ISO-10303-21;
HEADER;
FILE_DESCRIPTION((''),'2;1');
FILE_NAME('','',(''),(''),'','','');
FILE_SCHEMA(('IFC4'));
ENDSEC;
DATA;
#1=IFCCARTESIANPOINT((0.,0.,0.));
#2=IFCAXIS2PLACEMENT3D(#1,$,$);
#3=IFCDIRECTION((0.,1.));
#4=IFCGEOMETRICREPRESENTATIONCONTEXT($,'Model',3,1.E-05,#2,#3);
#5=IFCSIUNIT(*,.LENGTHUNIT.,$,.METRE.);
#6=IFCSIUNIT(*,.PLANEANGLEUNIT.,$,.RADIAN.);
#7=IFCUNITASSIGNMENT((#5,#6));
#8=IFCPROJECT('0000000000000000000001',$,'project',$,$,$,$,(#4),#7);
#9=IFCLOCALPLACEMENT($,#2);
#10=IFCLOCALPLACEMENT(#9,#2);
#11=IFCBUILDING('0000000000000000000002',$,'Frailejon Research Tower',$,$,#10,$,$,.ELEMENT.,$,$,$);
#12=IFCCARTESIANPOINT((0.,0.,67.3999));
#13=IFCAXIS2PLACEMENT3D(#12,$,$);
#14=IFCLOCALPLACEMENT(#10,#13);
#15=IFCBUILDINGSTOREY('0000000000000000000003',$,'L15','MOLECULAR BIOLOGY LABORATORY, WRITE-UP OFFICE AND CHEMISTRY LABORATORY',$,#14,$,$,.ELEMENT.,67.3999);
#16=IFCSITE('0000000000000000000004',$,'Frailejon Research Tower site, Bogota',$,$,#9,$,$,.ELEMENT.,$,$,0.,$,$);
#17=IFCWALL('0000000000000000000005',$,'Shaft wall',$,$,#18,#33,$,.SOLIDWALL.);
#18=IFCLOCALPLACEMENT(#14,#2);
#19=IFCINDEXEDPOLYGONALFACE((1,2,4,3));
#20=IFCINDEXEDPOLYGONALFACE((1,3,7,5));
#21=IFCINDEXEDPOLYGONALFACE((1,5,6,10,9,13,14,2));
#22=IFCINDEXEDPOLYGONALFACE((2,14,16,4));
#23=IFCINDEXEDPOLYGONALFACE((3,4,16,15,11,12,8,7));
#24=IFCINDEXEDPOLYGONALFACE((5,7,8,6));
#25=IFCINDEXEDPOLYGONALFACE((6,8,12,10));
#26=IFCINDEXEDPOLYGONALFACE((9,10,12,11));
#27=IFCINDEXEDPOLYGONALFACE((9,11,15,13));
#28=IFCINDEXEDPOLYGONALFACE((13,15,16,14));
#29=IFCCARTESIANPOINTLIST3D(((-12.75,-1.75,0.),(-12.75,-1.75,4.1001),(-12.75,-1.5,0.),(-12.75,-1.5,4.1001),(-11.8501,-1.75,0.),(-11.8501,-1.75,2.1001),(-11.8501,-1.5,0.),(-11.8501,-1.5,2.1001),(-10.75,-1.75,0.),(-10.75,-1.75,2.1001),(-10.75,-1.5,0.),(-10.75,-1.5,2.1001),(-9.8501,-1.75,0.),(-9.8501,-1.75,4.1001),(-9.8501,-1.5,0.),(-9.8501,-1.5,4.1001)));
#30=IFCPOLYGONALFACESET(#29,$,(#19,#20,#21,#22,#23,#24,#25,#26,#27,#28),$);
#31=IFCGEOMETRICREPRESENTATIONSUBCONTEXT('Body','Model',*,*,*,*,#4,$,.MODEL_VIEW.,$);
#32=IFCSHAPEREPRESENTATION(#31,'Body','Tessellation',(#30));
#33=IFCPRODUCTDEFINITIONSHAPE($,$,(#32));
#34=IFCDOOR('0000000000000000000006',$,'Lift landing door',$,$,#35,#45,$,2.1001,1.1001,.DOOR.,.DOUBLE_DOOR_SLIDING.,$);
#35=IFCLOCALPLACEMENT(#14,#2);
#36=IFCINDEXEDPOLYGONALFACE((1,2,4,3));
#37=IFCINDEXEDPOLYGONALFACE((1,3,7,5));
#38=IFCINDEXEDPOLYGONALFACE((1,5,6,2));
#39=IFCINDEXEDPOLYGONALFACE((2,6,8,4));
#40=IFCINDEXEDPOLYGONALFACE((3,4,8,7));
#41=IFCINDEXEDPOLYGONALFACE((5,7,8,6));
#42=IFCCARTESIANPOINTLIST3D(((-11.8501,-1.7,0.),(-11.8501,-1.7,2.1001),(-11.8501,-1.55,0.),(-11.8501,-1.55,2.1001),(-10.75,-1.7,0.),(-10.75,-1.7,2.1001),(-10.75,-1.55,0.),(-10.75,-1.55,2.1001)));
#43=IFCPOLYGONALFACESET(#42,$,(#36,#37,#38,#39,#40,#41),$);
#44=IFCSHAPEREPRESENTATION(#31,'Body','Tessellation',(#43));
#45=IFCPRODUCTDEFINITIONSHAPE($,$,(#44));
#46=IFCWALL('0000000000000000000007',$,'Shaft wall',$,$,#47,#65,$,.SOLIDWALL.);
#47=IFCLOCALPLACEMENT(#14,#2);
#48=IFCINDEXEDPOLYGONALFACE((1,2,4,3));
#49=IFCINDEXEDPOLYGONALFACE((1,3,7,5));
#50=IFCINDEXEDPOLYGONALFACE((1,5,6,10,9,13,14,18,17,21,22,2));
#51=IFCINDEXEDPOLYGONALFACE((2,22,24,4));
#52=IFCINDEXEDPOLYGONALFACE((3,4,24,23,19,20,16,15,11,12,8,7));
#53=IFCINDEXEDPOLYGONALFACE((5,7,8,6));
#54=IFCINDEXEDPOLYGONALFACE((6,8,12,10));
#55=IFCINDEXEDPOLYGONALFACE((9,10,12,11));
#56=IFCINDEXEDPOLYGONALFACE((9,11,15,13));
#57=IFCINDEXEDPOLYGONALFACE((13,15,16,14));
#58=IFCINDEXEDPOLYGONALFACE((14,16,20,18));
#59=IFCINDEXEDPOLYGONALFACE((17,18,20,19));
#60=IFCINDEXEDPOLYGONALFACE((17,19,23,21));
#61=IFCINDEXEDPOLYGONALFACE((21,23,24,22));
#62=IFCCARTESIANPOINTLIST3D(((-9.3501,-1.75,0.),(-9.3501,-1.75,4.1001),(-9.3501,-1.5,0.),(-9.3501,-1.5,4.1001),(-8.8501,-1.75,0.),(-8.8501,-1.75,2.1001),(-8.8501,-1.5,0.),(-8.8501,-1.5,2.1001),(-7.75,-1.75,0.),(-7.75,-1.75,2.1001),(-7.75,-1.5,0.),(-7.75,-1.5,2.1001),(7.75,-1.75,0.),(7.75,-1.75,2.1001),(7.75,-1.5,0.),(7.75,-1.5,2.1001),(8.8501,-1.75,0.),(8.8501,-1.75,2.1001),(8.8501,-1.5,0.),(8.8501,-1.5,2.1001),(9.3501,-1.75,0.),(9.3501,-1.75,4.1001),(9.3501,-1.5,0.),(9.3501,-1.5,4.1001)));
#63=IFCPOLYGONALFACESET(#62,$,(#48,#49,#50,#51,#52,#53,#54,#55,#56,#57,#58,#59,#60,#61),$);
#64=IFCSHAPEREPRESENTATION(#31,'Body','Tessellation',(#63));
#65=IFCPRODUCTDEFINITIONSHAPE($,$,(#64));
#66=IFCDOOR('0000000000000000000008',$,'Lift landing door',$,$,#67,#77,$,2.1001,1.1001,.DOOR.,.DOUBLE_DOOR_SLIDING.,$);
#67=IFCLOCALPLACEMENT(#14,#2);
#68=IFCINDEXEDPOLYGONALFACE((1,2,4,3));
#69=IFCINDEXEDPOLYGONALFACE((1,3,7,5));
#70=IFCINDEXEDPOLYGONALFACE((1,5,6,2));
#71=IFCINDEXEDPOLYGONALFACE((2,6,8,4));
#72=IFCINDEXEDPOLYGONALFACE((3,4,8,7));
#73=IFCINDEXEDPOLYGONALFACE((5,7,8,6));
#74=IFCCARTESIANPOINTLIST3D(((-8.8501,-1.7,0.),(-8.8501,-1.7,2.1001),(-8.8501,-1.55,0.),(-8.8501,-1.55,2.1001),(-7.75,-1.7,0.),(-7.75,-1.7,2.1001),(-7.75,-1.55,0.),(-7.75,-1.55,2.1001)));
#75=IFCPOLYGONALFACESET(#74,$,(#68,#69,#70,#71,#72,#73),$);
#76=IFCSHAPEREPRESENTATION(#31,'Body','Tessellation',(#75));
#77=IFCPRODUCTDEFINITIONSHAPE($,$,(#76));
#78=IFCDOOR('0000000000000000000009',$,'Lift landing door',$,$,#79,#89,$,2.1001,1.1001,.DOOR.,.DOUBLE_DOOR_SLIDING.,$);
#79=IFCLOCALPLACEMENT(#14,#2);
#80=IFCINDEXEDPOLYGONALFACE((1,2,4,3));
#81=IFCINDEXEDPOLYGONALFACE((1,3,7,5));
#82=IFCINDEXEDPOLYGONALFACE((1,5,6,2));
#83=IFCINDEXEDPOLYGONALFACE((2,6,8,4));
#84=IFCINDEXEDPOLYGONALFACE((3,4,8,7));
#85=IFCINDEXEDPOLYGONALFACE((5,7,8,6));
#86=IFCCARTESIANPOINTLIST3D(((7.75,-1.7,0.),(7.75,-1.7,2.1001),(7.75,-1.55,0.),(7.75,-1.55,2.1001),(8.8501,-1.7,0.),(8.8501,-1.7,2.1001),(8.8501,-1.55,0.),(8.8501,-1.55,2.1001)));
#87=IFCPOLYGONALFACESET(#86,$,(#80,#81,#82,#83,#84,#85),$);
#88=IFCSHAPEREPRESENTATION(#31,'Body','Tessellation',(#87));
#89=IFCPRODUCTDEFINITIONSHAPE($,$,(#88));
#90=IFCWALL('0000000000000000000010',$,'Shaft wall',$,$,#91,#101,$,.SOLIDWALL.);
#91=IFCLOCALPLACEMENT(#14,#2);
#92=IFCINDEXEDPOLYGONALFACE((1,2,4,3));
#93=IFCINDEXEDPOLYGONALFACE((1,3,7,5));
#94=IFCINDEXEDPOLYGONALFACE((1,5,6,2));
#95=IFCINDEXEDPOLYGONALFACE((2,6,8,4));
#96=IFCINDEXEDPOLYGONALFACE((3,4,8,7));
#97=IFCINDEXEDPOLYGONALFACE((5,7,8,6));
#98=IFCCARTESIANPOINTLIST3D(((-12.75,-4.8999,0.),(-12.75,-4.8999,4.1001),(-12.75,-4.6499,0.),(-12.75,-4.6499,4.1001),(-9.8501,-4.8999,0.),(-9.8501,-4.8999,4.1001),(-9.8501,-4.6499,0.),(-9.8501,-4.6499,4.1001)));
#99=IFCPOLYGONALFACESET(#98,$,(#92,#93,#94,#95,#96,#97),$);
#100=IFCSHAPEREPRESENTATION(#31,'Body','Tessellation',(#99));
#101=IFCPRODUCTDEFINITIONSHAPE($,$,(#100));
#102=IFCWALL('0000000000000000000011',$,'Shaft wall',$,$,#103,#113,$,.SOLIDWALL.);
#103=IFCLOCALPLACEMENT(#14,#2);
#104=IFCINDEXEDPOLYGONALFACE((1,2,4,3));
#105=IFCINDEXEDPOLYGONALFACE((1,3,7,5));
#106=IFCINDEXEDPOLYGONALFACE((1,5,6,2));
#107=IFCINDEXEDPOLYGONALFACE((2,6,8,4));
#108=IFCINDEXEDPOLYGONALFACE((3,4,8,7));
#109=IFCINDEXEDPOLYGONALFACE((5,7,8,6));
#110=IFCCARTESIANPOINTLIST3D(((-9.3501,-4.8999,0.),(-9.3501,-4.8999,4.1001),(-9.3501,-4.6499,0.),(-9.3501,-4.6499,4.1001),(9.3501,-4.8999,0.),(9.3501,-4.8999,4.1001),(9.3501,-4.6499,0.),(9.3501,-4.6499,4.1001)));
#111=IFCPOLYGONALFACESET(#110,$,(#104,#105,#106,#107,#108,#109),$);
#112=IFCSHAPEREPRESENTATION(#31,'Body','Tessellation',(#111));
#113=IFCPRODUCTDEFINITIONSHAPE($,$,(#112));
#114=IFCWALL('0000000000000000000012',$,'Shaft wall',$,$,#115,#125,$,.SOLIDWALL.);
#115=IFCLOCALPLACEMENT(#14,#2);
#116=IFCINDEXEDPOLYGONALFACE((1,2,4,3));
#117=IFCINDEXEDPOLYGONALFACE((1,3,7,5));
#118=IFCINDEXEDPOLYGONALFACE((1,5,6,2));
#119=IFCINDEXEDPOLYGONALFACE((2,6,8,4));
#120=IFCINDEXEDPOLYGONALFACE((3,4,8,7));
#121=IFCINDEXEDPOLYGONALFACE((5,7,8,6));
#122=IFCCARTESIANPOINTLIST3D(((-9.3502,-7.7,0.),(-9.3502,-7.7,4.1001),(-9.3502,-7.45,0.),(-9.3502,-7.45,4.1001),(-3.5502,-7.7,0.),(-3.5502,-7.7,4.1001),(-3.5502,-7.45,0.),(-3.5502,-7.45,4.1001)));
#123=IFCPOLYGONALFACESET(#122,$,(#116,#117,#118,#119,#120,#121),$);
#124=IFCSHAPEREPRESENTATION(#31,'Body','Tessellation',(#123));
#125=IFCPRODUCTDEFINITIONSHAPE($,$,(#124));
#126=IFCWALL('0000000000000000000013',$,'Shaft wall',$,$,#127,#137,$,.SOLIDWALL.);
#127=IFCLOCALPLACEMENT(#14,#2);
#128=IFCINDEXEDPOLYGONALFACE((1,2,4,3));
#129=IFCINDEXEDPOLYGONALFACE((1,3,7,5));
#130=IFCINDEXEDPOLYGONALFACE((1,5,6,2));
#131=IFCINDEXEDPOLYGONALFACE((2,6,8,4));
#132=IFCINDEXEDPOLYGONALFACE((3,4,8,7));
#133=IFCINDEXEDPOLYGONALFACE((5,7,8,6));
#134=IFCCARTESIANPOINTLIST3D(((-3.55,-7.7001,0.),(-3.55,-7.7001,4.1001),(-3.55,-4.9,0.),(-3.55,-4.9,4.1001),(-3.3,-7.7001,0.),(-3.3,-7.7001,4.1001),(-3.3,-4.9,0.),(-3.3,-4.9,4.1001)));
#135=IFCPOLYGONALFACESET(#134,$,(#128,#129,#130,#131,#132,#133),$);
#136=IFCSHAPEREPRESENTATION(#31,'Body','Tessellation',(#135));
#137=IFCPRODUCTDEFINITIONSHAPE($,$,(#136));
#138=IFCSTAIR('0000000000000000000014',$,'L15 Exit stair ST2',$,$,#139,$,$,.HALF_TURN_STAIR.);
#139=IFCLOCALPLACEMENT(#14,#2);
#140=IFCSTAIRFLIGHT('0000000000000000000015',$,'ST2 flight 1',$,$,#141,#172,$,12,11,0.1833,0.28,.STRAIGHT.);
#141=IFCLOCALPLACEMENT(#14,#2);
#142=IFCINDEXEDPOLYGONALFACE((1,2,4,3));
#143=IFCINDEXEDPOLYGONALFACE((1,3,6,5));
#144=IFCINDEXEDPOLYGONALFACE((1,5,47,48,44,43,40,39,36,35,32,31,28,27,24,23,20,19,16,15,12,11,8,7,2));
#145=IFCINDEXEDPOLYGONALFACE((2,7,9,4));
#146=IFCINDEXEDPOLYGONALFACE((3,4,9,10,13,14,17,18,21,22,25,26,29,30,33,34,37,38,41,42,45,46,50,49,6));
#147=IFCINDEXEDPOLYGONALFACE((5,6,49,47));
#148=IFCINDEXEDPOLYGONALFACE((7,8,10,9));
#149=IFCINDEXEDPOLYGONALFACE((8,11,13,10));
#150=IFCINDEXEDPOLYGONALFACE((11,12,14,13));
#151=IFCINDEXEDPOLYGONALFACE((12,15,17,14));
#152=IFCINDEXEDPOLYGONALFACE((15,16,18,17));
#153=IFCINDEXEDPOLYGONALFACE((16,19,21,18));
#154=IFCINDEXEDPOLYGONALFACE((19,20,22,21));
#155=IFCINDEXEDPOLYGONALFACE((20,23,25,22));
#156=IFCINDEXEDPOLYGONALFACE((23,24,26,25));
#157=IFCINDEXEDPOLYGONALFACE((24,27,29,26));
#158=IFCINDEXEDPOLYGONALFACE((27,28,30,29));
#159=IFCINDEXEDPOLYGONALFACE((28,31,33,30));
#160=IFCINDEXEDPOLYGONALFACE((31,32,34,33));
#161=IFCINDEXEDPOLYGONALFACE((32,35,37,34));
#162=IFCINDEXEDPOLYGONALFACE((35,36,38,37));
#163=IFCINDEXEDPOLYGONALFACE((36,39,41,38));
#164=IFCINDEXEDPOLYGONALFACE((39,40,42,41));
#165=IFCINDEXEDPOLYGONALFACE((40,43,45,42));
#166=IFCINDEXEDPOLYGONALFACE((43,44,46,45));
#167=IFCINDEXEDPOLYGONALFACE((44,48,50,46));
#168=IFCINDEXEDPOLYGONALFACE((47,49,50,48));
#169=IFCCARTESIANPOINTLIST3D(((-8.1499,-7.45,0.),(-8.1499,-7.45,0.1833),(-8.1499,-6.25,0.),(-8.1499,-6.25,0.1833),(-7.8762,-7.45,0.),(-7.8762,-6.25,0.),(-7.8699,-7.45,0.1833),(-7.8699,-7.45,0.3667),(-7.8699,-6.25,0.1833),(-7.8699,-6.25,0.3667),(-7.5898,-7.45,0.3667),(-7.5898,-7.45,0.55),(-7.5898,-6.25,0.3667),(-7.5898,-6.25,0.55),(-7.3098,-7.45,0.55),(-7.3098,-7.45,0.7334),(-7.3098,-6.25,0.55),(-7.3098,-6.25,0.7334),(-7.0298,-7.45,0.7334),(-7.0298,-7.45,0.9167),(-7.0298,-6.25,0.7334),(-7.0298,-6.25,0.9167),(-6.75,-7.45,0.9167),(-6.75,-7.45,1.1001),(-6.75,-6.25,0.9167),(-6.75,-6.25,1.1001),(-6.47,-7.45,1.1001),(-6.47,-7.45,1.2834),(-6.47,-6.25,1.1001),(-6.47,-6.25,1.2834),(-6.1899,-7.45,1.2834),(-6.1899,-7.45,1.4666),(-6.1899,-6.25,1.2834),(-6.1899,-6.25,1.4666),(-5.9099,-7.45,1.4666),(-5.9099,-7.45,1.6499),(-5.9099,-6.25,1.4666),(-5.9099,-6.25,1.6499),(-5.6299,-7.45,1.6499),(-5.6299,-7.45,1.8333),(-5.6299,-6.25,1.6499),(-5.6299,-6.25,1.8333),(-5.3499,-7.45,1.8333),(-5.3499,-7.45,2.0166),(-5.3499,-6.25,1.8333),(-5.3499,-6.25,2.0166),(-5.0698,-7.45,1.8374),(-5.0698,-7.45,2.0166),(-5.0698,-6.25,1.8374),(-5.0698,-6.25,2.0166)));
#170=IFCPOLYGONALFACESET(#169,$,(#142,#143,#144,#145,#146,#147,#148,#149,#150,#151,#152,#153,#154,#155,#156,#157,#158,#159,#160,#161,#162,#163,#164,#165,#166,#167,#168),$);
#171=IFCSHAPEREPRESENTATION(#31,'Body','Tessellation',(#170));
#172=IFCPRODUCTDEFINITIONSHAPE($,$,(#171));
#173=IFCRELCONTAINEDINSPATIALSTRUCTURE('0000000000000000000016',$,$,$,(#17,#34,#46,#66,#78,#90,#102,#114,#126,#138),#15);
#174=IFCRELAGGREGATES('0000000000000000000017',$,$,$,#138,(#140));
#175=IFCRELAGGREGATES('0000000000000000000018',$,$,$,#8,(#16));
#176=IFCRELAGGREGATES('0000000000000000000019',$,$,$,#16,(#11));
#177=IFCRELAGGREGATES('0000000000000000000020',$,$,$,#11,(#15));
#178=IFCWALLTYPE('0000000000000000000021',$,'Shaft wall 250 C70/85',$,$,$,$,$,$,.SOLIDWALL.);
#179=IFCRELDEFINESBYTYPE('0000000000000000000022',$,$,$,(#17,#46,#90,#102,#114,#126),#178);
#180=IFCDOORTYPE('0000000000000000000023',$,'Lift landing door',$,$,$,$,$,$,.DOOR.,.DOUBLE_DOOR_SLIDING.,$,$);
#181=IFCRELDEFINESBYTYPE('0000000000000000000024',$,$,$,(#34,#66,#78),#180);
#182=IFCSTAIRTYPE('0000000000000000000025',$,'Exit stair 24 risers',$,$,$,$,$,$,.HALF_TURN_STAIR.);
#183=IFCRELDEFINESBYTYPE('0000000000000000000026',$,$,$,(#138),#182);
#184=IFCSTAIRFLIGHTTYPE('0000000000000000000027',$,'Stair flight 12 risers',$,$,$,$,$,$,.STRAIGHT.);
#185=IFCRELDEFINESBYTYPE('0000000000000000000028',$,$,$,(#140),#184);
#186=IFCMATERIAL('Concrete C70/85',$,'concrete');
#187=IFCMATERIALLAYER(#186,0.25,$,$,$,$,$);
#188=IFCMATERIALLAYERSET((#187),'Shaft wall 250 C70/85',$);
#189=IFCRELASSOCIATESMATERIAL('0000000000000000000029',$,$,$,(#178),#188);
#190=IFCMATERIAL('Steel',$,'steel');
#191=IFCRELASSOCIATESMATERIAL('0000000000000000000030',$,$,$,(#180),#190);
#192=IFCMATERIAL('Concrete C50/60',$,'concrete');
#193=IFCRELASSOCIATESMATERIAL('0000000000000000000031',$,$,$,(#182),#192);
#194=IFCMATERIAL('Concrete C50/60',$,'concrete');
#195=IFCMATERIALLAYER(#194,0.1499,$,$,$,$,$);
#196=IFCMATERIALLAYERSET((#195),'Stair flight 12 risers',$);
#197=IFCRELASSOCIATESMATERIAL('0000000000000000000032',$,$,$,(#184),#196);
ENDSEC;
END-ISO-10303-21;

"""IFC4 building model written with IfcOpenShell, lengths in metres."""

from ifc_helpers import new_model, si_unit, direction, frame, frame_2d, origin, place, context, subcontext, project, spatial, polyline, rectangle, outline, extrude, material, layer, layer_set, type_object, element, fill, aggregate, save


model = new_model("IFC4")

# Units and contexts
model_context = context("Model", 3, precision=1e-05, world=origin(), true_north=direction((0.0, 1.0)))
body_context = subcontext(model_context, "Body", "Model", "MODEL_VIEW")
ifc_project = project(units=[si_unit("LENGTHUNIT", "METRE"), si_unit("PLANEANGLEUNIT", "RADIAN")], contexts=[model_context])

# Site, building, storey
site_placement = place(None, origin())
site = spatial("IfcSite", under=ifc_project, at=site_placement, Name="Frailejon Research Tower site, Bogota", CompositionType="ELEMENT", RefElevation=0.0)
building_placement = place(site_placement, origin())
building = spatial("IfcBuilding", under=site, at=building_placement, Name="Frailejon Research Tower", CompositionType="ELEMENT")
storey_placement = place(building_placement, frame((0.0, 0.0, 67.3999)))
storey = spatial("IfcBuildingStorey", under=building, at=storey_placement, Name="L15", Description="MOLECULAR BIOLOGY LABORATORY, WRITE-UP OFFICE AND CHEMISTRY LABORATORY", CompositionType="ELEMENT", Elevation=67.3999)

# Wall, opening, door
ifc_material_1 = material(Name="Concrete C70/85", Category="concrete")
ifc_layer_1 = layer(ifc_material_1, 0.25)
ifc_layer_set_1 = layer_set([ifc_layer_1], Name="Shaft wall 250 C70/85")
wall_type_1 = type_object("IfcWallType", Name="Shaft wall 250 C70/85", PredefinedType="SOLIDWALL", material=ifc_layer_set_1)
wall_1_placement = place(storey_placement, frame((-12.75, -1.625, 0.0), z_axis=(0.0, 0.0, 1.0), x_axis=(1.0, 0.0, 0.0)))
wall_1 = element("IfcWall", 1, at=wall_1_placement, inside=storey, type_object=wall_type_1, Name="Shaft wall", PredefinedType="SOLIDWALL", context=body_context, shape_type="SweptSolid", body=[
    extrude(rectangle(XDim=2.8999, YDim=0.25, at=frame_2d((1.45, 0.0))), origin(), (0.0, 0.0, 1.0), 4.1001),
])
opening_1_placement = place(wall_1_placement, frame((0.8999, 0.0, 0.0)))
opening_1 = element("IfcOpeningElement", 2, at=opening_1_placement, cuts=wall_1, PredefinedType="OPENING", context=body_context, shape_type="SweptSolid", body=[
    extrude(rectangle(XDim=1.1001, YDim=2.1001, at=frame_2d((0.55, 1.05))), frame((0.0, 0.135, 0.0), z_axis=(0.0, -1.0, 0.0), x_axis=(1.0, 0.0, 0.0)), (0.0, 0.0, 1.0), 0.27),
])
ifc_material_2 = material(Name="Steel", Category="steel")
door_type_1 = type_object("IfcDoorType", Name="Lift landing door", OperationType="DOUBLE_DOOR_SLIDING", PredefinedType="DOOR", material=ifc_material_2)
door_1_placement = place(opening_1_placement, origin())
door_1 = element("IfcDoor", 3, at=door_1_placement, inside=storey, type_object=door_type_1, Name="Lift landing door", OperationType="DOUBLE_DOOR_SLIDING", OverallHeight=2.1001, OverallWidth=1.1001, PredefinedType="DOOR", context=body_context, shape_type="SweptSolid", body=[
    extrude(rectangle(XDim=1.1001, YDim=2.1001, at=frame_2d((0.55, 1.05))), frame((0.0, 0.075, 0.0), z_axis=(0.0, -1.0, 0.0), x_axis=(1.0, 0.0, 0.0)), (0.0, 0.0, 1.0), 0.1499),
])
fill(opening_1, door_1)

# Wall, openings, doors
wall_2_placement = place(storey_placement, frame((-9.3501, -1.625, 0.0), z_axis=(0.0, 0.0, 1.0), x_axis=(1.0, 0.0, 0.0)))
wall_2 = element("IfcWall", 4, at=wall_2_placement, inside=storey, type_object=wall_type_1, Name="Shaft wall", PredefinedType="SOLIDWALL", context=body_context, shape_type="SweptSolid", body=[
    extrude(rectangle(XDim=18.7002, YDim=0.25, at=frame_2d((9.3501, 0.0))), origin(), (0.0, 0.0, 1.0), 4.1001),
])
opening_2_placement = place(wall_2_placement, frame((0.5, 0.0, 0.0)))
opening_2 = element("IfcOpeningElement", 5, at=opening_2_placement, cuts=wall_2, PredefinedType="OPENING", context=body_context, shape_type="SweptSolid", body=[
    extrude(rectangle(XDim=1.1001, YDim=2.1001, at=frame_2d((0.55, 1.05))), frame((0.0, 0.135, 0.0), z_axis=(0.0, -1.0, 0.0), x_axis=(1.0, 0.0, 0.0)), (0.0, 0.0, 1.0), 0.27),
])
opening_3_placement = place(wall_2_placement, frame((17.1001, 0.0, 0.0)))
opening_3 = element("IfcOpeningElement", 6, at=opening_3_placement, cuts=wall_2, PredefinedType="OPENING", context=body_context, shape_type="SweptSolid", body=[
    extrude(rectangle(XDim=1.1001, YDim=2.1001, at=frame_2d((0.55, 1.05))), frame((0.0, 0.135, 0.0), z_axis=(0.0, -1.0, 0.0), x_axis=(1.0, 0.0, 0.0)), (0.0, 0.0, 1.0), 0.27),
])
door_2_placement = place(opening_2_placement, origin())
door_2 = element("IfcDoor", 7, at=door_2_placement, inside=storey, type_object=door_type_1, Name="Lift landing door", OperationType="DOUBLE_DOOR_SLIDING", OverallHeight=2.1001, OverallWidth=1.1001, PredefinedType="DOOR", context=body_context, shape_type="SweptSolid", body=[
    extrude(rectangle(XDim=1.1001, YDim=2.1001, at=frame_2d((0.55, 1.05))), frame((0.0, 0.075, 0.0), z_axis=(0.0, -1.0, 0.0), x_axis=(1.0, 0.0, 0.0)), (0.0, 0.0, 1.0), 0.1499),
])
fill(opening_2, door_2)
door_3_placement = place(opening_3_placement, origin())
door_3 = element("IfcDoor", 8, at=door_3_placement, inside=storey, type_object=door_type_1, Name="Lift landing door", OperationType="DOUBLE_DOOR_SLIDING", OverallHeight=2.1001, OverallWidth=1.1001, PredefinedType="DOOR", context=body_context, shape_type="SweptSolid", body=[
    extrude(rectangle(XDim=1.1001, YDim=2.1001, at=frame_2d((0.55, 1.05))), frame((0.0, 0.075, 0.0), z_axis=(0.0, -1.0, 0.0), x_axis=(1.0, 0.0, 0.0)), (0.0, 0.0, 1.0), 0.1499),
])
fill(opening_3, door_3)

# Walls
wall_3_placement = place(storey_placement, frame((-12.75, -4.7749, 0.0), z_axis=(0.0, 0.0, 1.0), x_axis=(1.0, 0.0, 0.0)))
element("IfcWall", 9, at=wall_3_placement, inside=storey, type_object=wall_type_1, Name="Shaft wall", PredefinedType="SOLIDWALL", context=body_context, shape_type="SweptSolid", body=[
    extrude(rectangle(XDim=2.8999, YDim=0.25, at=frame_2d((1.45, 0.0))), origin(), (0.0, 0.0, 1.0), 4.1001),
])
wall_4_placement = place(storey_placement, frame((-9.3501, -4.7749, 0.0), z_axis=(0.0, 0.0, 1.0), x_axis=(1.0, 0.0, 0.0)))
element("IfcWall", 10, at=wall_4_placement, inside=storey, type_object=wall_type_1, Name="Shaft wall", PredefinedType="SOLIDWALL", context=body_context, shape_type="SweptSolid", body=[
    extrude(rectangle(XDim=18.7002, YDim=0.25, at=frame_2d((9.3501, 0.0))), origin(), (0.0, 0.0, 1.0), 4.1001),
])
wall_5_placement = place(storey_placement, frame((-9.3501, -7.575, 0.0), z_axis=(0.0, 0.0, 1.0), x_axis=(1.0, 0.0, 0.0)))
element("IfcWall", 11, at=wall_5_placement, inside=storey, type_object=wall_type_1, Name="Shaft wall", PredefinedType="SOLIDWALL", context=body_context, shape_type="SweptSolid", body=[
    extrude(rectangle(XDim=5.8, YDim=0.25, at=frame_2d((2.8999, 0.0))), origin(), (0.0, 0.0, 1.0), 4.1001),
])
wall_6_placement = place(storey_placement, frame((-3.425, -7.7, 0.0), z_axis=(0.0, 0.0, 1.0), x_axis=(0.0, 1.0, 0.0)))
element("IfcWall", 12, at=wall_6_placement, inside=storey, type_object=wall_type_1, Name="Shaft wall", PredefinedType="SOLIDWALL", context=body_context, shape_type="SweptSolid", body=[
    extrude(rectangle(XDim=2.8, YDim=0.25, at=frame_2d((1.3999, 0.0))), origin(), (0.0, 0.0, 1.0), 4.1001),
])

# Stair, stair flight
ifc_material_3 = material(Name="Concrete C50/60", Category="concrete")
stair_type = type_object("IfcStairType", Name="Exit stair 24 risers", PredefinedType="HALF_TURN_STAIR", material=ifc_material_3)
stair_placement = place(storey_placement, origin())
stair = element("IfcStair", 13, at=stair_placement, inside=storey, type_object=stair_type, Name="L15 Exit stair ST2", PredefinedType="HALF_TURN_STAIR")
ifc_material_4 = material(Name="Concrete C50/60", Category="concrete")
ifc_layer_2 = layer(ifc_material_4, 0.1499)
ifc_layer_set_2 = layer_set([ifc_layer_2], Name="Stair flight 12 risers")
stair_flight_type = type_object("IfcStairFlightType", Name="Stair flight 12 risers", PredefinedType="STRAIGHT", material=ifc_layer_set_2)
stair_flight_1_placement = place(storey_placement, frame((-8.1499, -6.8501, 0.0), z_axis=(0.0, 0.0, 1.0), x_axis=(1.0, 0.0, 0.0)))
stair_flight_1 = element("IfcStairFlight", 14, at=stair_flight_1_placement, type_object=stair_flight_type, Name="ST2 flight 1", NumberOfRisers=12, NumberOfTreads=11, PredefinedType="STRAIGHT", RiserHeight=0.1833, TreadLength=0.28, context=body_context, shape_type="SweptSolid", body=[
    extrude(outline(polyline([(0.0, 0.0), (0.0, 0.1833), (0.28, 0.1833), (0.28, 0.3667), (0.5601, 0.3667), (0.5601, 0.55), (0.8401, 0.55), (0.8401, 0.7334), (1.1201, 0.7334), (1.1201, 0.9167), (1.3999, 0.9167), (1.3999, 1.1001), (1.6799, 1.1001), (1.6799, 1.2834), (1.96, 1.2834), (1.96, 1.4666), (2.24, 1.4666), (2.24, 1.6499), (2.52, 1.6499), (2.52, 1.8333), (2.8, 1.8333), (2.8, 2.0166), (3.0801, 2.0166), (3.0801, 2.2), (3.0801, 1.8374), (0.2737, 0.0), (0.0, 0.0)])), frame((0.0, 0.6001, 0.0), z_axis=(0.0, -1.0, 0.0), x_axis=(1.0, 0.0, 0.0)), (0.0, 0.0, 1.0), 1.2),
])
aggregate(stair, [stair_flight_1])

save(model, "model.ifc")
